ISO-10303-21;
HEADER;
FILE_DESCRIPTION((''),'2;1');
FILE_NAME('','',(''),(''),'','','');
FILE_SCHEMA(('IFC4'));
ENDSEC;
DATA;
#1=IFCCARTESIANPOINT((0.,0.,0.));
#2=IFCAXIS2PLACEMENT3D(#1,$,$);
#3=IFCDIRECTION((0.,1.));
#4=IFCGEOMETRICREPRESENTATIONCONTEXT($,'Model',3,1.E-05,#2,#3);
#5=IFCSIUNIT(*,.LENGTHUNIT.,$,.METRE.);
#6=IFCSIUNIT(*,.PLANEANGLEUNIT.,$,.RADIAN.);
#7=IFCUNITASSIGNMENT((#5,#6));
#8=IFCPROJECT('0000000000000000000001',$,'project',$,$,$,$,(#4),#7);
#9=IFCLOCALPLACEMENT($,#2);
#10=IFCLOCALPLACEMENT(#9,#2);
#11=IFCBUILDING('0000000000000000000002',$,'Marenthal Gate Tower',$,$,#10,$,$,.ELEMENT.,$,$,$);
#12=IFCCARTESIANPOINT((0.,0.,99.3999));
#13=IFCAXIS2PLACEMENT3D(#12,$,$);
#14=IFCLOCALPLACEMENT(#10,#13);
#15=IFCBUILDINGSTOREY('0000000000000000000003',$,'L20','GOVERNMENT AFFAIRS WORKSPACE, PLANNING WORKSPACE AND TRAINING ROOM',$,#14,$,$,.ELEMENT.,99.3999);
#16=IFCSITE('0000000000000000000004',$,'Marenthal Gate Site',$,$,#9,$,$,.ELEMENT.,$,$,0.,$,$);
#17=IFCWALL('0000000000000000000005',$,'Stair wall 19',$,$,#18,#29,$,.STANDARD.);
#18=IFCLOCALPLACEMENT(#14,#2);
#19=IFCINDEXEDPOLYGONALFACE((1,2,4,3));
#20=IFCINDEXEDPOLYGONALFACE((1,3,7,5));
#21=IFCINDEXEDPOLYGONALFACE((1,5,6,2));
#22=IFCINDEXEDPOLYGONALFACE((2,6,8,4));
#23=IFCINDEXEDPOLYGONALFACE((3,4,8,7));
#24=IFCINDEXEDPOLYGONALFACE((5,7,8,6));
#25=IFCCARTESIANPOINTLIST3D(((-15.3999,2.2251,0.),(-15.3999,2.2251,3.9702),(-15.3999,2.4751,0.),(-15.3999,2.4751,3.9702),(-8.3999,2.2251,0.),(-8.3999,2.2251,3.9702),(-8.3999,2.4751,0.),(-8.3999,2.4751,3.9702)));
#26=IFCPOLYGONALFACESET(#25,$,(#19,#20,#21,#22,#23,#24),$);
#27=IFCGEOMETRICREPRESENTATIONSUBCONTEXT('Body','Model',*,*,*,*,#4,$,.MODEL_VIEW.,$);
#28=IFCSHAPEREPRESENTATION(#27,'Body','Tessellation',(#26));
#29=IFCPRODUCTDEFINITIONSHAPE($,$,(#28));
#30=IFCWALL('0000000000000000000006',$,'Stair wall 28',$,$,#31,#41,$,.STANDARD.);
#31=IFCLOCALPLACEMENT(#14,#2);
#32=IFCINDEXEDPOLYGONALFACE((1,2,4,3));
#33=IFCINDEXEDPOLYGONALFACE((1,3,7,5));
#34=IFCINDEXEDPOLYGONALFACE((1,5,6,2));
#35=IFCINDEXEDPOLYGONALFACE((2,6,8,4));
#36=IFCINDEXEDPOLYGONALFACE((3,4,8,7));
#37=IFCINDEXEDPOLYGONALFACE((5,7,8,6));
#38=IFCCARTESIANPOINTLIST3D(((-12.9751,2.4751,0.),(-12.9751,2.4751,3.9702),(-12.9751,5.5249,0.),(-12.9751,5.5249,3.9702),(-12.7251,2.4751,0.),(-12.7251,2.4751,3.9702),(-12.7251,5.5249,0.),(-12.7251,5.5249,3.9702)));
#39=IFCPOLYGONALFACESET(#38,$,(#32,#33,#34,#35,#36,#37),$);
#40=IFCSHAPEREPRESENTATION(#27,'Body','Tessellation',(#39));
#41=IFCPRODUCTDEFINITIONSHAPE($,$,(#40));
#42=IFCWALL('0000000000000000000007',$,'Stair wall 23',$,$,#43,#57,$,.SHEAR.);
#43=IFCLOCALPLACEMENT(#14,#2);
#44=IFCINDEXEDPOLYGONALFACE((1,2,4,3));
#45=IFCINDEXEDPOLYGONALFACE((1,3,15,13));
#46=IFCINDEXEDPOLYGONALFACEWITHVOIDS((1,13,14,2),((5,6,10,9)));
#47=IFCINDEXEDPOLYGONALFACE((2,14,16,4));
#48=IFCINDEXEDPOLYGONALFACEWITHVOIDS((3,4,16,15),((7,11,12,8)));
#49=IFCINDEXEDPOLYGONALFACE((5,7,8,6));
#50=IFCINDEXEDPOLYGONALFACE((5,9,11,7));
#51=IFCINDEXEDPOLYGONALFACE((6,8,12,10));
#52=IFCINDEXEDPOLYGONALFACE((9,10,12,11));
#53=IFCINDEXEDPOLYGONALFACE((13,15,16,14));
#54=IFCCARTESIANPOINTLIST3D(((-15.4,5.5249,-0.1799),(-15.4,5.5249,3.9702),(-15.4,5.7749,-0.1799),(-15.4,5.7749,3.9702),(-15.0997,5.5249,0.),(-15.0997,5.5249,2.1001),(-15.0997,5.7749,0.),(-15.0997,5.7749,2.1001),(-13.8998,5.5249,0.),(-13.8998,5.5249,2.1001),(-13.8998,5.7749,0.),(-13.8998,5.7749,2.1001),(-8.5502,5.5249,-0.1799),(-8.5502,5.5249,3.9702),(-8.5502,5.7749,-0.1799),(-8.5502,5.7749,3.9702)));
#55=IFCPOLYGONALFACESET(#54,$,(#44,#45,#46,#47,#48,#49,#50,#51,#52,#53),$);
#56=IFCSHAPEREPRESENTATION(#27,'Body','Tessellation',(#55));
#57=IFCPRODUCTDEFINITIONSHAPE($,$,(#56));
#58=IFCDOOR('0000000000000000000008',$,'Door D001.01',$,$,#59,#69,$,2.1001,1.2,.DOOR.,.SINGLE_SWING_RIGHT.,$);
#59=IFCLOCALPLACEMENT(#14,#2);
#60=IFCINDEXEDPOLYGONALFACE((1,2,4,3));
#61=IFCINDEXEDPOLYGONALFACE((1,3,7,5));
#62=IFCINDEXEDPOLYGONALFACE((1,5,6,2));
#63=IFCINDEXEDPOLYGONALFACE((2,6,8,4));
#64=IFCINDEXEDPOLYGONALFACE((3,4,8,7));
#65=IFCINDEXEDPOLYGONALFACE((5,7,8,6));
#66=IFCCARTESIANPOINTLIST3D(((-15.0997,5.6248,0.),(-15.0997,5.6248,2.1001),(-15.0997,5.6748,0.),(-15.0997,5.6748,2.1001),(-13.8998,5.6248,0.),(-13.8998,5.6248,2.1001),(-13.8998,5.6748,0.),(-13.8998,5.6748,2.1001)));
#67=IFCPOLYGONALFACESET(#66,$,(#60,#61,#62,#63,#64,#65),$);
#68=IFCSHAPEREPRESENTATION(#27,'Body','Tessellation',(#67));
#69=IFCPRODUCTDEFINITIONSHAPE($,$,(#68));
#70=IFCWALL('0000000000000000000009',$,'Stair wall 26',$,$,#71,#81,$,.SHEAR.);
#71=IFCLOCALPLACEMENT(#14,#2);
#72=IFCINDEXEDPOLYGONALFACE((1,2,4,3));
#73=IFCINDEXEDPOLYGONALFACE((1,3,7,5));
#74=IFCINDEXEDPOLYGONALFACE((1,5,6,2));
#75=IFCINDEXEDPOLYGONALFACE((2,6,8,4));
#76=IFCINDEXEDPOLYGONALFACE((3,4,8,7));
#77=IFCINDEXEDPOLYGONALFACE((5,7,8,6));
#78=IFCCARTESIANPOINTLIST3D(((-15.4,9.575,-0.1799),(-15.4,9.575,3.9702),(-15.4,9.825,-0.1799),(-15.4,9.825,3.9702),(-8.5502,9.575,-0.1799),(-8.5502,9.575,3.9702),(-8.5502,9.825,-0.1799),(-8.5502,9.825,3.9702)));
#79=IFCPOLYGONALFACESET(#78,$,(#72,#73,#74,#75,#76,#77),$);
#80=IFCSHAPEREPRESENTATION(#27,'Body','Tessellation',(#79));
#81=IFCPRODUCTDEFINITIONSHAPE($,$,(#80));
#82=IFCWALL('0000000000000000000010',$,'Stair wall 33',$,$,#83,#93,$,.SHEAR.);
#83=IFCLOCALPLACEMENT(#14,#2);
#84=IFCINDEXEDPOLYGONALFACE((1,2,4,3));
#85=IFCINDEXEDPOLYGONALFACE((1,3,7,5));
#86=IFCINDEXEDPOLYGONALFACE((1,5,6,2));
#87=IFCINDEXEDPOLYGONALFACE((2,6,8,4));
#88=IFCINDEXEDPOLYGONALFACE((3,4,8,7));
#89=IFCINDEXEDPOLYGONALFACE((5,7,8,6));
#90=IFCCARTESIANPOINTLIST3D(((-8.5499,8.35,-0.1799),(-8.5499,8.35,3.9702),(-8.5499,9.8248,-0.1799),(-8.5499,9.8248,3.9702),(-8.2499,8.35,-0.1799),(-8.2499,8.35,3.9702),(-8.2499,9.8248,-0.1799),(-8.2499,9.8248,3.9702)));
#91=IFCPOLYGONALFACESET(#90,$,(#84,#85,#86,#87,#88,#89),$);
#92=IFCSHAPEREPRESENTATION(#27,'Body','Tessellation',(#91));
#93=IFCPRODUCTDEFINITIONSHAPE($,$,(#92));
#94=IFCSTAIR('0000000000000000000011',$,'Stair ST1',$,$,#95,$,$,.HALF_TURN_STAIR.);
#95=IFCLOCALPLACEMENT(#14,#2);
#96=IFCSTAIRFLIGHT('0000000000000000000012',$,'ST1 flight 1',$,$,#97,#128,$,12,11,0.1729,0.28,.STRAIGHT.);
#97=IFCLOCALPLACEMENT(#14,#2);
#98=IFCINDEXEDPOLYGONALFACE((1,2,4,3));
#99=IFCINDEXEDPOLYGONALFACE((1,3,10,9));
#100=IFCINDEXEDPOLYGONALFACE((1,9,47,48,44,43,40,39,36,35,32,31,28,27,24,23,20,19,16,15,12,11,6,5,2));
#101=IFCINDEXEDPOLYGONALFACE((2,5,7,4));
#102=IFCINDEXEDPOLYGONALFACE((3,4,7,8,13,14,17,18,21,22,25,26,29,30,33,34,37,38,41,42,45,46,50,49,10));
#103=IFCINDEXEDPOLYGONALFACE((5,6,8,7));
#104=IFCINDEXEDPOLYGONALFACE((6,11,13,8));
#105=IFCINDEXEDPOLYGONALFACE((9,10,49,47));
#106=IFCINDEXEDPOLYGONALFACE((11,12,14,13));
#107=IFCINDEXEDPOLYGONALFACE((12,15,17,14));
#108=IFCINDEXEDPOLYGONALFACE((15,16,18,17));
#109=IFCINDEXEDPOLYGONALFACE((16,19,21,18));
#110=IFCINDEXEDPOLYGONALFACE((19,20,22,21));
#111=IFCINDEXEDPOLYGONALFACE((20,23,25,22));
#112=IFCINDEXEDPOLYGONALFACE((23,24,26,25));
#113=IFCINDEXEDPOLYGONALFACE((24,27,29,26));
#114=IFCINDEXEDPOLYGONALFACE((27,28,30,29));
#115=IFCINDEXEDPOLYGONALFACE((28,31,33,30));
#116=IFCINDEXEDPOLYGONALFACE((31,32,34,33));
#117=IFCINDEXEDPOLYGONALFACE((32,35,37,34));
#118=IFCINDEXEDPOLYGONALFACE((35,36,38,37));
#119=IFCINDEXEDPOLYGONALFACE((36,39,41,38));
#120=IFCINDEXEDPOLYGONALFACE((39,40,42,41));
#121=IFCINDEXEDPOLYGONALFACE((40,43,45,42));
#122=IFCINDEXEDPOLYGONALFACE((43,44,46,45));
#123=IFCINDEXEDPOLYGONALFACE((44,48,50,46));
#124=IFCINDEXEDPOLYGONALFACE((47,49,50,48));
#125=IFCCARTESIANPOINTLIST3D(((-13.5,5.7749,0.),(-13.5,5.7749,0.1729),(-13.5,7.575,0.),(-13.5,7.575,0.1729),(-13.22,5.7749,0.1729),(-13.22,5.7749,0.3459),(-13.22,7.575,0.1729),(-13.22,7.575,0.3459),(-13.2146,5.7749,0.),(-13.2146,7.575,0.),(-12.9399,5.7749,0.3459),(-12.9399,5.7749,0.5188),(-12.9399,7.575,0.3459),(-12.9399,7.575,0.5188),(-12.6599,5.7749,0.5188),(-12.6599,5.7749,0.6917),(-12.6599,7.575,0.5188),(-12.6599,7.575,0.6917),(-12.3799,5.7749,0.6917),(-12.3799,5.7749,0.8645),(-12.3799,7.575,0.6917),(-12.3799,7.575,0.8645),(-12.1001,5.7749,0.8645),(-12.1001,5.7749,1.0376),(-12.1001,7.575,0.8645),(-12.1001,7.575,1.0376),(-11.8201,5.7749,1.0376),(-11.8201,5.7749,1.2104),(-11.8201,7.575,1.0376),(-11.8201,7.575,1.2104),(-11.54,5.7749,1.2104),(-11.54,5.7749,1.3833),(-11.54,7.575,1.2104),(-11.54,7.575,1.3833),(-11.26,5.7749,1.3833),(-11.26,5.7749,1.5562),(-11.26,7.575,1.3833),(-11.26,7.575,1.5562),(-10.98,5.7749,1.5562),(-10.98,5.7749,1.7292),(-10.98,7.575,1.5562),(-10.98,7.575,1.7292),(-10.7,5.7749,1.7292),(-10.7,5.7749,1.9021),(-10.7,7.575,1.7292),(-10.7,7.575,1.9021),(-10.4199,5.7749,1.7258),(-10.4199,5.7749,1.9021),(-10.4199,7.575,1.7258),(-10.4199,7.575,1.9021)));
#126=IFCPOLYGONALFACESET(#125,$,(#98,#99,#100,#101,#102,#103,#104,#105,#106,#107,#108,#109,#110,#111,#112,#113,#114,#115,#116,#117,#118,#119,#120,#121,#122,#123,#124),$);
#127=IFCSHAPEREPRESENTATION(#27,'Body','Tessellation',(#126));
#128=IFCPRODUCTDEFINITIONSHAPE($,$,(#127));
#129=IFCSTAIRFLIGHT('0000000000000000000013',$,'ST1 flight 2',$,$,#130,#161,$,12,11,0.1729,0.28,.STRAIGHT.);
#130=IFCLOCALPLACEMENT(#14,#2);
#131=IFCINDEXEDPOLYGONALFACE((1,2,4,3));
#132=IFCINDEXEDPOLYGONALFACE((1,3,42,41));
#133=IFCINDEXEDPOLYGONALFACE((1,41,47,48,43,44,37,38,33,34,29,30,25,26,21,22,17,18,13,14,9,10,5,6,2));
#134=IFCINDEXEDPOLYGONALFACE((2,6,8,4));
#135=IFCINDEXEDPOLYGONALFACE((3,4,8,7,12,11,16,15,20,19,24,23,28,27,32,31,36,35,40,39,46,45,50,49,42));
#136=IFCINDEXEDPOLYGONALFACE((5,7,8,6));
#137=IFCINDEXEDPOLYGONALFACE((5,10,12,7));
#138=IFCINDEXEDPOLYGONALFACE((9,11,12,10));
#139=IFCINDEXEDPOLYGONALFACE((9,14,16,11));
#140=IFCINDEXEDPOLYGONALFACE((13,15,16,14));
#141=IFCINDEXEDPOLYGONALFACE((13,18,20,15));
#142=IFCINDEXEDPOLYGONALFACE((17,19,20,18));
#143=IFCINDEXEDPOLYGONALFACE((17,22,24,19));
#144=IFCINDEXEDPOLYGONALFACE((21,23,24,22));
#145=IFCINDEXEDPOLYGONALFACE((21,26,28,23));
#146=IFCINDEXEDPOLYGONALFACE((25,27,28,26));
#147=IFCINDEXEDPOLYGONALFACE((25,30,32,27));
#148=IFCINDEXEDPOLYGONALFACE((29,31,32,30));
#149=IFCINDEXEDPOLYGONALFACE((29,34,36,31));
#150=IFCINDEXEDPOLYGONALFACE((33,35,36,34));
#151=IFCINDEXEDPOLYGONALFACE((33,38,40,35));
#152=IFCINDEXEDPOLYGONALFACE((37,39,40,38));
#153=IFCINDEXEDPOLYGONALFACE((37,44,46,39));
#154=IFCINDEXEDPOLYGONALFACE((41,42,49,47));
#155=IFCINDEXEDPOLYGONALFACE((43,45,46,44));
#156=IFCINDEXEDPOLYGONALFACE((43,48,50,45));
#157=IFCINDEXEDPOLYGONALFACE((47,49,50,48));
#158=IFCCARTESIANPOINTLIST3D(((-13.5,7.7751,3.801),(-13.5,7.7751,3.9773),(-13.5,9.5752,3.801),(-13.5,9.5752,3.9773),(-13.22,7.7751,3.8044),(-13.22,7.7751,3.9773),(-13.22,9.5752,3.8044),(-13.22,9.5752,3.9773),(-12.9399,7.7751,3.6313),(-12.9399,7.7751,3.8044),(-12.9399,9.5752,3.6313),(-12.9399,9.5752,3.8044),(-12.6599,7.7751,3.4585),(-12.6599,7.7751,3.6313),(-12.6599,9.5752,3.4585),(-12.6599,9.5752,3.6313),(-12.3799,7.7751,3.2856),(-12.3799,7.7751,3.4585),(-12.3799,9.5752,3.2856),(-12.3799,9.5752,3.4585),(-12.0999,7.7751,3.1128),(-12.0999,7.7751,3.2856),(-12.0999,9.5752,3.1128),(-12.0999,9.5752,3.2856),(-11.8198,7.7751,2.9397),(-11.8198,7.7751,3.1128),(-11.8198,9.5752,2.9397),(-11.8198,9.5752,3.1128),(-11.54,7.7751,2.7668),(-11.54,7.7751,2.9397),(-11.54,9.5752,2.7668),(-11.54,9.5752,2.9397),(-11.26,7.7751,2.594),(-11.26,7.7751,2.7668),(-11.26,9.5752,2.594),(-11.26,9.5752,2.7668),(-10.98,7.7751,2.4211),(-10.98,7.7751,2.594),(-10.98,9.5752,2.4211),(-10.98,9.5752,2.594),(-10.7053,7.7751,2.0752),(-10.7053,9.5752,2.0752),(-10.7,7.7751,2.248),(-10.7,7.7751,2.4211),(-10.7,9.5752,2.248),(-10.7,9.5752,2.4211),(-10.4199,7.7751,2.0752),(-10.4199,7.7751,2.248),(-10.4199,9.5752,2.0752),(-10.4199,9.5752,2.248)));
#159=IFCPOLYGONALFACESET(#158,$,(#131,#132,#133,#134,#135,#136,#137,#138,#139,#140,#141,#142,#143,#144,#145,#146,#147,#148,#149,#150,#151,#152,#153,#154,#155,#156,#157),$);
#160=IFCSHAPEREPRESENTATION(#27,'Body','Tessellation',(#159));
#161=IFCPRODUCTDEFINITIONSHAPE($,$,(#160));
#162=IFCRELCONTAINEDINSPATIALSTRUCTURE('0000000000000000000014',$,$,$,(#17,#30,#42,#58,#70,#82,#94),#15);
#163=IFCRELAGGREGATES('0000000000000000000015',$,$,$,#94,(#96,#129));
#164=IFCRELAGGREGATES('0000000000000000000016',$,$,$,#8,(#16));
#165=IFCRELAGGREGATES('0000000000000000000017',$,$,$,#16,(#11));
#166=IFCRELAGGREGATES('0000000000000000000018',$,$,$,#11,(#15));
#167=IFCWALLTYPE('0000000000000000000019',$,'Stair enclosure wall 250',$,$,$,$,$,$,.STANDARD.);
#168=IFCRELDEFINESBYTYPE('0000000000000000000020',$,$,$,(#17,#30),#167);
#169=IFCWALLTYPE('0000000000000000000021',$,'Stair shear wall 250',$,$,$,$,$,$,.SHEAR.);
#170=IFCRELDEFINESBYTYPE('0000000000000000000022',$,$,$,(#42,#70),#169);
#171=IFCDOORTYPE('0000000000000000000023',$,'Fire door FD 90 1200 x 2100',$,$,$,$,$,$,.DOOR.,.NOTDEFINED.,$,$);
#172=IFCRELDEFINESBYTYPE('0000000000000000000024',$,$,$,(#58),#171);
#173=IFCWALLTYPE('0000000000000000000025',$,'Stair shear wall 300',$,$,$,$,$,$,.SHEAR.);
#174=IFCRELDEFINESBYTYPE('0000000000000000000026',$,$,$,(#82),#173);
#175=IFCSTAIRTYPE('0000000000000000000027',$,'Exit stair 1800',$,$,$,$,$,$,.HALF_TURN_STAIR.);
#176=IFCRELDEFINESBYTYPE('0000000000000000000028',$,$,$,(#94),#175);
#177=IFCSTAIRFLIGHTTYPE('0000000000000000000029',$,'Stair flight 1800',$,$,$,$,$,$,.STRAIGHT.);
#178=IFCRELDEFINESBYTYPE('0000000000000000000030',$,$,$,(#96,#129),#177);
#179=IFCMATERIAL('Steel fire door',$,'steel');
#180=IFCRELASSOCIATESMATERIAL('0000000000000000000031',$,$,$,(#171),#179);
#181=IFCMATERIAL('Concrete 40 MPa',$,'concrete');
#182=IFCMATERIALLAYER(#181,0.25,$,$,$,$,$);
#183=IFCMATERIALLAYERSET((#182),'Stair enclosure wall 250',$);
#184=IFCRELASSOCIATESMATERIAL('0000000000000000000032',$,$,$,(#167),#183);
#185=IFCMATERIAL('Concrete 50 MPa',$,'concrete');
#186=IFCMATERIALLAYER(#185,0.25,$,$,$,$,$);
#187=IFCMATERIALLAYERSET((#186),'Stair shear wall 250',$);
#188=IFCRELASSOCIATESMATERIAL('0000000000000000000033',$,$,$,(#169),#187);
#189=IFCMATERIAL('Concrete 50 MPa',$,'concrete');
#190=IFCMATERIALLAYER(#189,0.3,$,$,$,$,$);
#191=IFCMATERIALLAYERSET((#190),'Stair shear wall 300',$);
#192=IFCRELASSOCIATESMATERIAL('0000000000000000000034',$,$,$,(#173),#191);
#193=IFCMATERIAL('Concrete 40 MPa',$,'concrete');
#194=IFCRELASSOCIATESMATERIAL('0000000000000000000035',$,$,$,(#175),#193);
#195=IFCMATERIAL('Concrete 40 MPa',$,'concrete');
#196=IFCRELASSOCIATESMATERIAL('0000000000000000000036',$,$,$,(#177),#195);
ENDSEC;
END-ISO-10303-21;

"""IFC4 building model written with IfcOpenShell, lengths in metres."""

from ifc_helpers import new_model, si_unit, direction, frame, frame_2d, origin, place, context, subcontext, project, spatial, polyline, rectangle, outline, extrude, material, layer, layer_set, type_object, element, fill, aggregate, save


model = new_model("IFC4")

# Units and contexts
model_context = context("Model", 3, precision=1e-05, world=origin(), true_north=direction((0.0, 1.0)))
body_context = subcontext(model_context, "Body", "Model", "MODEL_VIEW")
ifc_project = project(units=[si_unit("LENGTHUNIT", "METRE"), si_unit("PLANEANGLEUNIT", "RADIAN")], contexts=[model_context])

# Site, building, storey
site_placement = place(None, origin())
site = spatial("IfcSite", under=ifc_project, at=site_placement, Name="Marenthal Gate Site", CompositionType="ELEMENT", RefElevation=0.0)
building_placement = place(site_placement, origin())
building = spatial("IfcBuilding", under=site, at=building_placement, Name="Marenthal Gate Tower", CompositionType="ELEMENT")
storey_placement = place(building_placement, frame((0.0, 0.0, 99.3999)))
storey = spatial("IfcBuildingStorey", under=building, at=storey_placement, Name="L20", Description="GOVERNMENT AFFAIRS WORKSPACE, PLANNING WORKSPACE AND TRAINING ROOM", CompositionType="ELEMENT", Elevation=99.3999)

# Shared definitions
ifc_material_1 = material(Name="Steel fire door", Category="steel")
door_type_1 = type_object("IfcDoorType", Name="Fire door FD 90 1200 x 2100", OperationType="NOTDEFINED", PredefinedType="DOOR", material=ifc_material_1)

# Walls
ifc_material_2 = material(Name="Concrete 40 MPa", Category="concrete")
ifc_layer_1 = layer(ifc_material_2, 0.25)
ifc_layer_set_1 = layer_set([ifc_layer_1], Name="Stair enclosure wall 250")
wall_type_1 = type_object("IfcWallType", Name="Stair enclosure wall 250", PredefinedType="STANDARD", material=ifc_layer_set_1)
wall_1_placement = place(storey_placement, frame((-15.3999, 2.3501, 0.0), z_axis=(0.0, 0.0, 1.0), x_axis=(1.0, 0.0, 0.0)))
element("IfcWall", 1, at=wall_1_placement, inside=storey, type_object=wall_type_1, Name="Stair wall 19", PredefinedType="STANDARD", context=body_context, shape_type="SweptSolid", body=[
    extrude(rectangle(XDim=7.0, YDim=0.25, at=frame_2d((3.5, 0.0))), origin(), (0.0, 0.0, 1.0), 3.9702),
])
wall_2_placement = place(storey_placement, frame((-12.8501, 2.4751, 0.0), z_axis=(0.0, 0.0, 1.0), x_axis=(0.0, 1.0, 0.0)))
element("IfcWall", 2, at=wall_2_placement, inside=storey, type_object=wall_type_1, Name="Stair wall 28", PredefinedType="STANDARD", context=body_context, shape_type="SweptSolid", body=[
    extrude(rectangle(XDim=3.0498, YDim=0.25, at=frame_2d((1.5249, 0.0))), origin(), (0.0, 0.0, 1.0), 3.9702),
])

# Wall, opening, door
ifc_material_3 = material(Name="Concrete 50 MPa", Category="concrete")
ifc_layer_2 = layer(ifc_material_3, 0.25)
ifc_layer_set_2 = layer_set([ifc_layer_2], Name="Stair shear wall 250")
wall_type_2 = type_object("IfcWallType", Name="Stair shear wall 250", PredefinedType="SHEAR", material=ifc_layer_set_2)
wall_3_placement = place(storey_placement, frame((-15.3999, 5.6499, -0.1799), z_axis=(0.0, 0.0, 1.0), x_axis=(1.0, 0.0, 0.0)))
wall_3 = element("IfcWall", 3, at=wall_3_placement, inside=storey, type_object=wall_type_2, Name="Stair wall 23", PredefinedType="SHEAR", context=body_context, shape_type="SweptSolid", body=[
    extrude(rectangle(XDim=6.8499, YDim=0.25, at=frame_2d((3.4248, 0.0))), origin(), (0.0, 0.0, 1.0), 4.1501),
])
opening_1_placement = place(wall_3_placement, frame((0.3, 0.0, 0.1799)))
opening_1 = element("IfcOpeningElement", 4, at=opening_1_placement, cuts=wall_3, PredefinedType="OPENING", context=body_context, shape_type="SweptSolid", body=[
    extrude(rectangle(XDim=1.2, YDim=2.1001, at=frame_2d((0.6001, 1.05))), frame((0.0, 0.135, 0.0), z_axis=(0.0, -1.0, 0.0), x_axis=(1.0, 0.0, 0.0)), (0.0, 0.0, 1.0), 0.27),
])
door_1_placement = place(opening_1_placement, origin())
door_1 = element("IfcDoor", 5, at=door_1_placement, inside=storey, type_object=door_type_1, Name="Door D001.01", OperationType="SINGLE_SWING_RIGHT", OverallHeight=2.1001, OverallWidth=1.2, PredefinedType="DOOR", context=body_context, shape_type="SweptSolid", body=[
    extrude(rectangle(XDim=1.2, YDim=2.1001, at=frame_2d((0.6001, 1.05))), frame((0.0, 0.0249, 0.0), z_axis=(0.0, -1.0, 0.0), x_axis=(1.0, 0.0, 0.0)), (0.0, 0.0, 1.0), 0.05),
])
fill(opening_1, door_1)

# Walls
wall_4_placement = place(storey_placement, frame((-15.3999, 9.7, -0.1799), z_axis=(0.0, 0.0, 1.0), x_axis=(1.0, 0.0, 0.0)))
element("IfcWall", 6, at=wall_4_placement, inside=storey, type_object=wall_type_2, Name="Stair wall 26", PredefinedType="SHEAR", context=body_context, shape_type="SweptSolid", body=[
    extrude(rectangle(XDim=6.8499, YDim=0.25, at=frame_2d((3.4248, 0.0))), origin(), (0.0, 0.0, 1.0), 4.1501),
])
ifc_material_4 = material(Name="Concrete 50 MPa", Category="concrete")
ifc_layer_3 = layer(ifc_material_4, 0.3)
ifc_layer_set_3 = layer_set([ifc_layer_3], Name="Stair shear wall 300")
wall_type_3 = type_object("IfcWallType", Name="Stair shear wall 300", PredefinedType="SHEAR", material=ifc_layer_set_3)
wall_5_placement = place(storey_placement, frame((-8.3999, 8.3501, -0.1799), z_axis=(0.0, 0.0, 1.0), x_axis=(0.0, 1.0, 0.0)))
element("IfcWall", 7, at=wall_5_placement, inside=storey, type_object=wall_type_3, Name="Stair wall 33", PredefinedType="SHEAR", context=body_context, shape_type="SweptSolid", body=[
    extrude(rectangle(XDim=1.4749, YDim=0.3, at=frame_2d((0.7373, 0.0))), origin(), (0.0, 0.0, 1.0), 4.1501),
])

# Stair, stair flights
ifc_material_5 = material(Name="Concrete 40 MPa", Category="concrete")
stair_type = type_object("IfcStairType", Name="Exit stair 1800", PredefinedType="HALF_TURN_STAIR", material=ifc_material_5)
stair_placement = place(storey_placement, origin())
stair = element("IfcStair", 8, at=stair_placement, inside=storey, type_object=stair_type, Name="Stair ST1", PredefinedType="HALF_TURN_STAIR")
ifc_material_6 = material(Name="Concrete 40 MPa", Category="concrete")
stair_flight_type = type_object("IfcStairFlightType", Name="Stair flight 1800", PredefinedType="STRAIGHT", material=ifc_material_6)
stair_flight_1_placement = place(storey_placement, frame((-13.5, 6.675, 0.0), z_axis=(0.0, 0.0, 1.0), x_axis=(1.0, 0.0, 0.0)))
stair_flight_1 = element("IfcStairFlight", 9, at=stair_flight_1_placement, type_object=stair_flight_type, Name="ST1 flight 1", NumberOfRisers=12, NumberOfTreads=11, PredefinedType="STRAIGHT", RiserHeight=0.1729, TreadLength=0.28, context=body_context, shape_type="SweptSolid", body=[
    extrude(outline(polyline([(0.0, 0.0), (0.0, 0.1729), (0.28, 0.1729), (0.28, 0.3459), (0.5601, 0.3459), (0.5601, 0.5188), (0.8401, 0.5188), (0.8401, 0.6917), (1.1201, 0.6917), (1.1201, 0.8645), (1.3999, 0.8645), (1.3999, 1.0376), (1.6799, 1.0376), (1.6799, 1.2104), (1.96, 1.2104), (1.96, 1.3833), (2.24, 1.3833), (2.24, 1.5562), (2.52, 1.5562), (2.52, 1.7292), (2.8, 1.7292), (2.8, 1.9021), (3.0801, 1.9021), (3.0801, 2.075), (3.0801, 1.7258), (0.2854, 0.0), (0.0, 0.0)])), frame((0.0, 0.8999, 0.0), z_axis=(0.0, -1.0, 0.0), x_axis=(1.0, 0.0, 0.0)), (0.0, 0.0, 1.0), 1.8),
])
stair_flight_2_placement = place(storey_placement, frame((-10.4199, 8.675, 2.0752), z_axis=(0.0, 0.0, 1.0), x_axis=(-1.0, 0.0, 0.0)))
stair_flight_2 = element("IfcStairFlight", 10, at=stair_flight_2_placement, type_object=stair_flight_type, Name="ST1 flight 2", NumberOfRisers=12, NumberOfTreads=11, PredefinedType="STRAIGHT", RiserHeight=0.1729, TreadLength=0.28, context=body_context, shape_type="SweptSolid", body=[
    extrude(outline(polyline([(0.0, 0.0), (0.0, 0.1729), (0.28, 0.1729), (0.28, 0.3459), (0.5601, 0.3459), (0.5601, 0.5188), (0.8401, 0.5188), (0.8401, 0.6917), (1.1201, 0.6917), (1.1201, 0.8645), (1.3999, 0.8645), (1.3999, 1.0376), (1.6799, 1.0376), (1.6799, 1.2104), (1.96, 1.2104), (1.96, 1.3833), (2.24, 1.3833), (2.24, 1.5562), (2.52, 1.5562), (2.52, 1.7292), (2.8, 1.7292), (2.8, 1.9021), (3.0801, 1.9021), (3.0801, 2.075), (3.0801, 1.7258), (0.2854, 0.0), (0.0, 0.0)])), frame((0.0, 0.8999, 0.0), z_axis=(0.0, -1.0, 0.0), x_axis=(1.0, 0.0, 0.0)), (0.0, 0.0, 1.0), 1.8),
])
aggregate(stair, [stair_flight_1, stair_flight_2])

save(model, "model.ifc")
